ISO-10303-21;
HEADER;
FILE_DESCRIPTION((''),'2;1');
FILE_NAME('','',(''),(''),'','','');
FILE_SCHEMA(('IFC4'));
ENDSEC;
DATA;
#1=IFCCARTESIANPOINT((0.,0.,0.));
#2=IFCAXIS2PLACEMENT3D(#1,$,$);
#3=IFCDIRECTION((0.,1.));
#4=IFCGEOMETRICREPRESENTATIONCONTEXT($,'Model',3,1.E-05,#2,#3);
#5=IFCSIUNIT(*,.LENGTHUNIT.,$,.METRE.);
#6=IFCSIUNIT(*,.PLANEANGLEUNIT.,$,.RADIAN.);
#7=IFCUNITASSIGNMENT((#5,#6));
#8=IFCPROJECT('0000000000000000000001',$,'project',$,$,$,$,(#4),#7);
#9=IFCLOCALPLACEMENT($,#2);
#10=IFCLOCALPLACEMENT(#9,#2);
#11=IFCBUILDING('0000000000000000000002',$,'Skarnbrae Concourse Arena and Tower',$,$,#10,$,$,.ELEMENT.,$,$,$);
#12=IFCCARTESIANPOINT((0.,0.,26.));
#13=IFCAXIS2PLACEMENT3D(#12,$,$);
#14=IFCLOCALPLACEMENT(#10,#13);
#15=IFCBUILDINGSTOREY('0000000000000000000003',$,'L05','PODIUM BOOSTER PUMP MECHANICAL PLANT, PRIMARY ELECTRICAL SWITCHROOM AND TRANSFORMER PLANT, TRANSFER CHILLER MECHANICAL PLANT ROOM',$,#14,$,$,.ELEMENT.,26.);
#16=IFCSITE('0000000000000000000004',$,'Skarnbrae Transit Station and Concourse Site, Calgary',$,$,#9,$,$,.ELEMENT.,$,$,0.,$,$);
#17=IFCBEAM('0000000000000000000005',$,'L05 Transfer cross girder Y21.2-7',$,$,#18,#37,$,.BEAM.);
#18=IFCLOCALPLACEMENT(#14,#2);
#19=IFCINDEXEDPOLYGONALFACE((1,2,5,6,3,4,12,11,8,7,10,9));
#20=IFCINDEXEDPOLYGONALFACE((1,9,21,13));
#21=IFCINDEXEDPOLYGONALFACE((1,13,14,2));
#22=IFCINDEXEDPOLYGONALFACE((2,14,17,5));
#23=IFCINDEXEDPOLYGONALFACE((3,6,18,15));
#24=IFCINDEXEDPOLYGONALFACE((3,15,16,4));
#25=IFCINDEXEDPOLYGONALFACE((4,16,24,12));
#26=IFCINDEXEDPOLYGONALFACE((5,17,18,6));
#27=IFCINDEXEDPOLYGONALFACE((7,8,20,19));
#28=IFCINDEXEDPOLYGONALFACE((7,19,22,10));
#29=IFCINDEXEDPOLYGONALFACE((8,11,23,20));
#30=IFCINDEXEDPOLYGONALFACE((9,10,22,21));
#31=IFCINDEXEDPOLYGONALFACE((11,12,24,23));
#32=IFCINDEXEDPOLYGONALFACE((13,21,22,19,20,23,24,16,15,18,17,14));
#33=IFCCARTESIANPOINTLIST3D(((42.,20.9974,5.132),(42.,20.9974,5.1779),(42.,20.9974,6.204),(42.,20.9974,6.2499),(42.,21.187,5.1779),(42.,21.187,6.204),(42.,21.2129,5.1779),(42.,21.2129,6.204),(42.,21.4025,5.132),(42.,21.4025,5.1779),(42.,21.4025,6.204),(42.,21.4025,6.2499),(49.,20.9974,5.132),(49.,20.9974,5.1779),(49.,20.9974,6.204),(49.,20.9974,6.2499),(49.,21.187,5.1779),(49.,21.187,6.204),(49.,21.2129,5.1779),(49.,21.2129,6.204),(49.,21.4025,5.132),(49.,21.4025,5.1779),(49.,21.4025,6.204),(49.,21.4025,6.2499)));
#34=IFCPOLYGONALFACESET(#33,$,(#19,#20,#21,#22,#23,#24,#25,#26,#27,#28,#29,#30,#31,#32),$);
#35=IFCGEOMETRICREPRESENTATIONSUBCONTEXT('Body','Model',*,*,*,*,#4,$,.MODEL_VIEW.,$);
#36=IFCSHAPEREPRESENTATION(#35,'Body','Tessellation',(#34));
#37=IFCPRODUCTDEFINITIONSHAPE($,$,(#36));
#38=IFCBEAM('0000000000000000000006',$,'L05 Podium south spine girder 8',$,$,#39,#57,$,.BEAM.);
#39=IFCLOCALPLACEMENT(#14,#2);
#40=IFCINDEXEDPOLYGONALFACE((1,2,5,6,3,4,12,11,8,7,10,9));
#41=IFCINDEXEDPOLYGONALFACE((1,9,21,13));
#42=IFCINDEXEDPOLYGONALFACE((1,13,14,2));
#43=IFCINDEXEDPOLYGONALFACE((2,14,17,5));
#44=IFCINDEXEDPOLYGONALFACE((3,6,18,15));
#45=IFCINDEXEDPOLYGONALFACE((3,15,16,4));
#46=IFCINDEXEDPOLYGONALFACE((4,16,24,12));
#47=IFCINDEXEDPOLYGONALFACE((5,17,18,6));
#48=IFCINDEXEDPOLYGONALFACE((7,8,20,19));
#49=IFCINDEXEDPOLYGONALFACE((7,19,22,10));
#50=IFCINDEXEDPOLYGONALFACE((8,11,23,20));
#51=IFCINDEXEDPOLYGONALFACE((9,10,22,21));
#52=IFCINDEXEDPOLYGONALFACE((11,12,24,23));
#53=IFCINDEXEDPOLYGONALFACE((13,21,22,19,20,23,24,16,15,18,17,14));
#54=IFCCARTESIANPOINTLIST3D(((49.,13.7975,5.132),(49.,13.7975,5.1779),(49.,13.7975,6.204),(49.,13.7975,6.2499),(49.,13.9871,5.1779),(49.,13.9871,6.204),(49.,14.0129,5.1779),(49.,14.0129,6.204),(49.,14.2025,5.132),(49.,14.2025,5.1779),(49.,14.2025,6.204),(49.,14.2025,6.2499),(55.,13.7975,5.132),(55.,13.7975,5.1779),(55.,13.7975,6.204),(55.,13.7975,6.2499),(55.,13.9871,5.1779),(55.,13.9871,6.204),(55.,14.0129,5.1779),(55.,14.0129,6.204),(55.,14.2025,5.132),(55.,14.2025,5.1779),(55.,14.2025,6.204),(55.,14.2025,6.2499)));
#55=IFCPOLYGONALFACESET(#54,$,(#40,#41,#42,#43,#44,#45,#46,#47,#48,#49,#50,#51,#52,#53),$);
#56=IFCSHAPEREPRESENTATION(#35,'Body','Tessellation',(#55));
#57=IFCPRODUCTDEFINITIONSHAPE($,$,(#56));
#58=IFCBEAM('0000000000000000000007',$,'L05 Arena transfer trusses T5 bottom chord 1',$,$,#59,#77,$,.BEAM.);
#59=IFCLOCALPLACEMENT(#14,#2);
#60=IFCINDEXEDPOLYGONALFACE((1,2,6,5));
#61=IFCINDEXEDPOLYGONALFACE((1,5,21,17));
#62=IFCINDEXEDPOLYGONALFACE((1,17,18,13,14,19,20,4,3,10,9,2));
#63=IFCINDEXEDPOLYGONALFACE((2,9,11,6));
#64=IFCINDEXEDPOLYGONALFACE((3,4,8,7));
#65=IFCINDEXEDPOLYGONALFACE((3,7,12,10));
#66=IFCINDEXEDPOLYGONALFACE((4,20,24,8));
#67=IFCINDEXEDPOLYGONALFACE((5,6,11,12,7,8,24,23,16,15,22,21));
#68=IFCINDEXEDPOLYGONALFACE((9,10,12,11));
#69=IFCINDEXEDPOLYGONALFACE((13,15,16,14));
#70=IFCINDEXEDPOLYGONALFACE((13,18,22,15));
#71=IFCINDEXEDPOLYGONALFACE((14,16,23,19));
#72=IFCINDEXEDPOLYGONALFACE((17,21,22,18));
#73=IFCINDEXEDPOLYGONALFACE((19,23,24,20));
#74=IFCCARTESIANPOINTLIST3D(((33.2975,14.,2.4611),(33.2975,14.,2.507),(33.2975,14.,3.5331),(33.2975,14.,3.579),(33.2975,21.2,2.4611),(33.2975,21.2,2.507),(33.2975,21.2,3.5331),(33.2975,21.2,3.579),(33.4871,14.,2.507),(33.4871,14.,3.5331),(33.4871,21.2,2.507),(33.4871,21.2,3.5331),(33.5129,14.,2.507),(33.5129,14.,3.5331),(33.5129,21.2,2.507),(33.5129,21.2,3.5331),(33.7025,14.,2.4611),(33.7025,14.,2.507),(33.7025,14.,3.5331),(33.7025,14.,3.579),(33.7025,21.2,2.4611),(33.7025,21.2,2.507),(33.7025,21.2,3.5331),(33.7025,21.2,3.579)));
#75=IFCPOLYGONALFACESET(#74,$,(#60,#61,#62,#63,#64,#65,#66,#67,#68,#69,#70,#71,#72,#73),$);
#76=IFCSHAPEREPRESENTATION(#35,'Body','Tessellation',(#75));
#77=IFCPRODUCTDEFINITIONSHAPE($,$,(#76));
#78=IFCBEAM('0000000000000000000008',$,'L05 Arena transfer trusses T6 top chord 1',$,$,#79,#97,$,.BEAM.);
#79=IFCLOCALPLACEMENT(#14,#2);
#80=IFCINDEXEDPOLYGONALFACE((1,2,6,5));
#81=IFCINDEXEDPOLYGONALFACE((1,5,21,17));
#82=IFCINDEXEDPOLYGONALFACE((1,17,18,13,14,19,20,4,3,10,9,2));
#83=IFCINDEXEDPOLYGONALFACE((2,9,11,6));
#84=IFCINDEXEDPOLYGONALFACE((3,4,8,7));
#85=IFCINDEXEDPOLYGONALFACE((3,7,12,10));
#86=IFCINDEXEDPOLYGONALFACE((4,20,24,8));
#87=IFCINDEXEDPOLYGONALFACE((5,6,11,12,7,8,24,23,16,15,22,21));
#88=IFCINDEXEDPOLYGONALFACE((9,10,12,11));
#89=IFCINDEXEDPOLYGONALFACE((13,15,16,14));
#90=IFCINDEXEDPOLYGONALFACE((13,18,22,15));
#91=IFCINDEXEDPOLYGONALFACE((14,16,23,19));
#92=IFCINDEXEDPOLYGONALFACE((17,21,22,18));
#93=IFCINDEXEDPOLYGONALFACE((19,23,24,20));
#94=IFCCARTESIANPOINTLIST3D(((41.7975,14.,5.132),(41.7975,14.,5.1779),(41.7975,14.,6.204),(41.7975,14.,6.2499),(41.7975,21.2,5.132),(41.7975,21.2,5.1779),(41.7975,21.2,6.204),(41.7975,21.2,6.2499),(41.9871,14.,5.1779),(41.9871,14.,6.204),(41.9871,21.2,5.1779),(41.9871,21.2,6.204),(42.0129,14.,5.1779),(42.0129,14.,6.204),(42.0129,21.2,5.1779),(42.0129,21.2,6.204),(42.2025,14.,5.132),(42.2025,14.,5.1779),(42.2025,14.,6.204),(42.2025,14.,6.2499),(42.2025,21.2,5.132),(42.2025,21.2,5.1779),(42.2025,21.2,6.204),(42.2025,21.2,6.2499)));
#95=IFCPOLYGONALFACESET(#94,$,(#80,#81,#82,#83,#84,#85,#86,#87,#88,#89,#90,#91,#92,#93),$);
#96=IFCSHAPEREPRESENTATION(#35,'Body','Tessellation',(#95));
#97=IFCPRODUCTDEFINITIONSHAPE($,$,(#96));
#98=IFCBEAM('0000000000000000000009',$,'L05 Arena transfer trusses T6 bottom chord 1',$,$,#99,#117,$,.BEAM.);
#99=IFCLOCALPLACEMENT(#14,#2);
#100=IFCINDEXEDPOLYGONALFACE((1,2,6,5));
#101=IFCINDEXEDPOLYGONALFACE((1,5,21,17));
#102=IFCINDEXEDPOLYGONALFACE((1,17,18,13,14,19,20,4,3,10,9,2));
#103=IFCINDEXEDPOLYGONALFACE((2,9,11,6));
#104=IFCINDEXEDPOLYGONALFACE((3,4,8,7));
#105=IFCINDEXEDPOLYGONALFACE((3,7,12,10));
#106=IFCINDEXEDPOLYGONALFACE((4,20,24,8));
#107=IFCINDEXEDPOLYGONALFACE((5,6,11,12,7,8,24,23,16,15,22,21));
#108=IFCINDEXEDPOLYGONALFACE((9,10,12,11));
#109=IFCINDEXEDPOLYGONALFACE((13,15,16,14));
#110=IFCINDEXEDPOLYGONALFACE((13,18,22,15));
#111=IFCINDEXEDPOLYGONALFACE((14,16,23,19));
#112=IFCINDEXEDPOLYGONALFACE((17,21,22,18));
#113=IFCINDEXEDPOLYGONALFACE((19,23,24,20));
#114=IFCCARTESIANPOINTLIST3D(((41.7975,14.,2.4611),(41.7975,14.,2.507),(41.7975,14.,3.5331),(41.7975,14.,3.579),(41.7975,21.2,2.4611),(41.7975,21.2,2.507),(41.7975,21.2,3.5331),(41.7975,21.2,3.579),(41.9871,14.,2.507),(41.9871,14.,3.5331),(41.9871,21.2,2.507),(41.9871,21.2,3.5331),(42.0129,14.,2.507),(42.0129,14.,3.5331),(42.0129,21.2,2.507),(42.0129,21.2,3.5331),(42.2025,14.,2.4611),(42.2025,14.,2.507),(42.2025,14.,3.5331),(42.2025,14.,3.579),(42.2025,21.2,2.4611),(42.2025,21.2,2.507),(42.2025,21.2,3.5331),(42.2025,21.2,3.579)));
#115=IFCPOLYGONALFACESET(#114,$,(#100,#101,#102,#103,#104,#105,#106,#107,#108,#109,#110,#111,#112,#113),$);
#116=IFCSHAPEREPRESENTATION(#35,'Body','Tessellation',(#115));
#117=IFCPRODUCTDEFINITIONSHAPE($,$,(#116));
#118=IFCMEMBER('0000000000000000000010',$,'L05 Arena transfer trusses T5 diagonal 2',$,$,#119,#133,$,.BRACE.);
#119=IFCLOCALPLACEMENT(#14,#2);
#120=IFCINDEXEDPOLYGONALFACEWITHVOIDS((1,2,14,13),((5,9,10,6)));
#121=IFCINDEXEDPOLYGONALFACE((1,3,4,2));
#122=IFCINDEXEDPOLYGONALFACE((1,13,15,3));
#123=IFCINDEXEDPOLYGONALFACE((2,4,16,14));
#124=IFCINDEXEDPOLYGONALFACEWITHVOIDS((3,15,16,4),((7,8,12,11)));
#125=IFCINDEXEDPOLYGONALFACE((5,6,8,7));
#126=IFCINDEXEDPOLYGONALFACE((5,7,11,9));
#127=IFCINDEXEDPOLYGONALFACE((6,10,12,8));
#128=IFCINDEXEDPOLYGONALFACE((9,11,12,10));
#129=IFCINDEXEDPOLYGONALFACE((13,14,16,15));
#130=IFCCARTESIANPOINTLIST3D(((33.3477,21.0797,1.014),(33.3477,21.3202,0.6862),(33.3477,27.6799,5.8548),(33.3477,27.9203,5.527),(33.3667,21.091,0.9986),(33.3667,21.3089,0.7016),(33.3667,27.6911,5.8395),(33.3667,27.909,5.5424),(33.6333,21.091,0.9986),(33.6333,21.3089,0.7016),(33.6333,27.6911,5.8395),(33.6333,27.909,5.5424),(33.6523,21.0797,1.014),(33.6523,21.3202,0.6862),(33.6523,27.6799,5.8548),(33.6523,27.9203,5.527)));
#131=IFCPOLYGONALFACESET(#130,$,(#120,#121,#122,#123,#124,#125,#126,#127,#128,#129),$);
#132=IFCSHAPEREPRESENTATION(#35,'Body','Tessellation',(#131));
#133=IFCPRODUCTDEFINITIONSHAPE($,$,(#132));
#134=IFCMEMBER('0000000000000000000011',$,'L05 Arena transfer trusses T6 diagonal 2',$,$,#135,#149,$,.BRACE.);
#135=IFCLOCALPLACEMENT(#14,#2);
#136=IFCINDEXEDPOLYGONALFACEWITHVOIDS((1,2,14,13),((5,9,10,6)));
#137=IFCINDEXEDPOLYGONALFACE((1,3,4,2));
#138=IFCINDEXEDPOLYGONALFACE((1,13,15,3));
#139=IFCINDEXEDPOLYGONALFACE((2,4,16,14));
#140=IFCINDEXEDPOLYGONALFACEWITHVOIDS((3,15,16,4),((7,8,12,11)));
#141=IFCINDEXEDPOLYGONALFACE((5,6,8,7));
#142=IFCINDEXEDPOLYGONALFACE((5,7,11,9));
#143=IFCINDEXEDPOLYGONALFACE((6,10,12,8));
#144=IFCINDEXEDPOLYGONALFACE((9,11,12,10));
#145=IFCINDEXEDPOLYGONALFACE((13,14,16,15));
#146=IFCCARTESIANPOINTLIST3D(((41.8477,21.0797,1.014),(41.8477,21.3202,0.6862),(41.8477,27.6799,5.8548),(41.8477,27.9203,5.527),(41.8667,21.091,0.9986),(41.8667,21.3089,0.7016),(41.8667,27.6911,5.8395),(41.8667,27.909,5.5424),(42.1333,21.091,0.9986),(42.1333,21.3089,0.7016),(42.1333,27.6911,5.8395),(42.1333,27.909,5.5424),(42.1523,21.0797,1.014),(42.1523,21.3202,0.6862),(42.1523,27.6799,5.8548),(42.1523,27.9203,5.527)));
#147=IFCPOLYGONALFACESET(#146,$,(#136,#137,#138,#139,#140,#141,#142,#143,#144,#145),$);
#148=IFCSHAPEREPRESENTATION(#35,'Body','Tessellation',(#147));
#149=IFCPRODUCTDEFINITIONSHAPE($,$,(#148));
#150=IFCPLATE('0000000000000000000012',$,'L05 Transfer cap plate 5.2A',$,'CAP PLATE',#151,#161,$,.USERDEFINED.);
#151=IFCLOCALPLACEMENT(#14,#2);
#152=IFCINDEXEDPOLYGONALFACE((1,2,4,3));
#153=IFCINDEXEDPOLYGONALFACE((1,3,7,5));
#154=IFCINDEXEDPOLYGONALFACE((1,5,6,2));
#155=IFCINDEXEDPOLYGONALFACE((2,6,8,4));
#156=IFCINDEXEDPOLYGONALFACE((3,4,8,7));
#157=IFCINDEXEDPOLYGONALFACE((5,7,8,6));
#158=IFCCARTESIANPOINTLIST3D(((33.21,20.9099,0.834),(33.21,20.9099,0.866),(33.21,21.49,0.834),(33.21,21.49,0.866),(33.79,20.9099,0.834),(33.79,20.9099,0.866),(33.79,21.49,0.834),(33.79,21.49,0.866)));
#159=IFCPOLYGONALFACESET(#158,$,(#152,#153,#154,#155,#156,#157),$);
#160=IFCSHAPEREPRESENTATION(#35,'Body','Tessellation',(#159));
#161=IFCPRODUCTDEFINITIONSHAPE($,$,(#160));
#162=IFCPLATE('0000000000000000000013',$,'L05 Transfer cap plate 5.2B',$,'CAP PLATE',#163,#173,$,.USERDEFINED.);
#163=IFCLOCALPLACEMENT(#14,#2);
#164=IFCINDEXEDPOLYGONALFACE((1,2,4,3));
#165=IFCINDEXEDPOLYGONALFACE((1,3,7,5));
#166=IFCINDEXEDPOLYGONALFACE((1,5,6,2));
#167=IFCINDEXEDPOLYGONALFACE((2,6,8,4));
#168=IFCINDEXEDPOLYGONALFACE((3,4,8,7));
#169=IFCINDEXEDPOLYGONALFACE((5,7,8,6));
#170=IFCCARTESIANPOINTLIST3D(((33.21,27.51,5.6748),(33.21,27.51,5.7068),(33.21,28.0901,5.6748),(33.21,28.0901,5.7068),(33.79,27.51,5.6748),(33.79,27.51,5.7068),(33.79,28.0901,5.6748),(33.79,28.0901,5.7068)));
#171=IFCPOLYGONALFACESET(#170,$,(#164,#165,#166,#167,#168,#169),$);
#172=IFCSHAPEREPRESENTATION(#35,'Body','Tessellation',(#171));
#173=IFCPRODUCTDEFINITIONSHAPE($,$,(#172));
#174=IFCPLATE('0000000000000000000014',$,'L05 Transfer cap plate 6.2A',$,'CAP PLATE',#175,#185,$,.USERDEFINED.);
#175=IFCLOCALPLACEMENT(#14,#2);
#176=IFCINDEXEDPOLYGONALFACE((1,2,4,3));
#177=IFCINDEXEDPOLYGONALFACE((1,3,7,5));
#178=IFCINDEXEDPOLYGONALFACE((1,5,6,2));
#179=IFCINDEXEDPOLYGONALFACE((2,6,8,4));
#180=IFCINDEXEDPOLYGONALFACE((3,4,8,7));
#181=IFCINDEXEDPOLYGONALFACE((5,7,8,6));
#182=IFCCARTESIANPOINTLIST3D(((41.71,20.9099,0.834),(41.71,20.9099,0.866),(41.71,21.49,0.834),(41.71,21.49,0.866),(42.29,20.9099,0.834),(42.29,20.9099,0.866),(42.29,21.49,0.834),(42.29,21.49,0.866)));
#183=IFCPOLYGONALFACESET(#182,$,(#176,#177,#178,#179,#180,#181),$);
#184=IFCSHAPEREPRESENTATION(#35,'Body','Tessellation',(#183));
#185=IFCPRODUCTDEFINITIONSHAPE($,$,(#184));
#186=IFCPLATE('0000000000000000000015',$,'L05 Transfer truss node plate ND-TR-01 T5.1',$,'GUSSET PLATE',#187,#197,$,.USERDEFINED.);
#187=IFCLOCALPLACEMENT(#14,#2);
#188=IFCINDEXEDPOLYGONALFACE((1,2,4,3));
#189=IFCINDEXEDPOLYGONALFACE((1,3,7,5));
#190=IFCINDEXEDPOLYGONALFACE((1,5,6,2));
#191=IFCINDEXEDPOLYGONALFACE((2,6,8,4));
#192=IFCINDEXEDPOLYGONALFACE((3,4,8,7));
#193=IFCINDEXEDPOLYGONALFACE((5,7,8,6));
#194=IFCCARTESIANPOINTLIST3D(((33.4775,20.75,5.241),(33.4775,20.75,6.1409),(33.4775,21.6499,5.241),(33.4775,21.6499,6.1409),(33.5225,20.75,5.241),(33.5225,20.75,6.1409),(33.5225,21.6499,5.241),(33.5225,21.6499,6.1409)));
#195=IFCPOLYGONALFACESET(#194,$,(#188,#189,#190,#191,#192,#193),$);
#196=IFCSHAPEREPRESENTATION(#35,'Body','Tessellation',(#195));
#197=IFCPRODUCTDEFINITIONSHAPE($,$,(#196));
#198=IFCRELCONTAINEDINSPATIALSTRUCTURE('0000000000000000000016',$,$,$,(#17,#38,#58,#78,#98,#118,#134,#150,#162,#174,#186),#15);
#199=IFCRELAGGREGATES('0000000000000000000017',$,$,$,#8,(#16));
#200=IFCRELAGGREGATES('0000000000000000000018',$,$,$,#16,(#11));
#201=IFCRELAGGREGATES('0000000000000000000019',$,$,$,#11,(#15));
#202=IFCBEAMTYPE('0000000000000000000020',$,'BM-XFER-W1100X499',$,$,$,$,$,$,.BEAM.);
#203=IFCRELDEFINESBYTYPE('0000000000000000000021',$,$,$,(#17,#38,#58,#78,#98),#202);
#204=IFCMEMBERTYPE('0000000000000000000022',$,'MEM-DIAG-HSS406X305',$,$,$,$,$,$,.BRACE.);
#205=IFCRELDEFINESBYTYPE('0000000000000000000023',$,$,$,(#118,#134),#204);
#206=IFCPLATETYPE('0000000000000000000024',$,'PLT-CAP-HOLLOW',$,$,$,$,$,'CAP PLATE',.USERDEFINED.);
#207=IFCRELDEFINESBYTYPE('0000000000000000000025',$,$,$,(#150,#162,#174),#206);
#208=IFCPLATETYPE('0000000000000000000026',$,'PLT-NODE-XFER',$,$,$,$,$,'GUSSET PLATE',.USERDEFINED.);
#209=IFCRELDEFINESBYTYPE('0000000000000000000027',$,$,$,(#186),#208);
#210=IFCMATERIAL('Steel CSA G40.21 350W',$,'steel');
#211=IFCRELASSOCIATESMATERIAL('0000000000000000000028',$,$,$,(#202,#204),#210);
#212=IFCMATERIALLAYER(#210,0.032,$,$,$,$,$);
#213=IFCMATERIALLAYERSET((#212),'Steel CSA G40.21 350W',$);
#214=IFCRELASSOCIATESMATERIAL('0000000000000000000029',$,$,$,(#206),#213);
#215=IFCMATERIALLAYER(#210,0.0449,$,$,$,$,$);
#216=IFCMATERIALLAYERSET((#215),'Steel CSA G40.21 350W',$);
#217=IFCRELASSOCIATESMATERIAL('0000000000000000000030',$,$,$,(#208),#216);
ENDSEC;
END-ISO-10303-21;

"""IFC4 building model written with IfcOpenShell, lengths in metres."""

from ifc_helpers import new_model, si_unit, direction, frame, origin, origin_2d, place, context, subcontext, project, spatial, rectangle, hollow_rectangle, i_section, extrude, source, transform, mapped, material, layer, layer_set, material_profile, profile_set, type_object, element, save


model = new_model("IFC4")

# Units and contexts
model_context = context("Model", 3, precision=1e-05, world=origin(), true_north=direction((0.0, 1.0)))
body_context = subcontext(model_context, "Body", "Model", "MODEL_VIEW")
ifc_project = project(units=[si_unit("LENGTHUNIT", "METRE"), si_unit("PLANEANGLEUNIT", "RADIAN")], contexts=[model_context])

# Site, building, storey
site_placement = place(None, origin())
site = spatial("IfcSite", under=ifc_project, at=site_placement, Name="Skarnbrae Transit Station and Concourse Site, Calgary", CompositionType="ELEMENT", RefElevation=0.0)
building_placement = place(site_placement, origin())
building = spatial("IfcBuilding", under=site, at=building_placement, Name="Skarnbrae Concourse Arena and Tower", CompositionType="ELEMENT")
storey_placement = place(building_placement, frame((0.0, 0.0, 26.0)))
storey = spatial("IfcBuildingStorey", under=building, at=storey_placement, Name="L05", Description="PODIUM BOOSTER PUMP MECHANICAL PLANT, PRIMARY ELECTRICAL SWITCHROOM AND TRANSFORMER PLANT, TRANSFER CHILLER MECHANICAL PLANT ROOM", CompositionType="ELEMENT", Elevation=26.0)

# Shared definitions
ifc_material_1 = material(Name="Steel CSA G40.21 350W", Category="steel")

# Beams
ifc_material_profile_1 = material_profile(ifc_material_1, i_section(OverallWidth=0.405, OverallDepth=1.1179, WebThickness=0.0259, FlangeThickness=0.0459, at=origin_2d()), Name="W1100X499")
ifc_profile_set_1 = profile_set([ifc_material_profile_1], Name="Steel CSA G40.21 350W")
beam_type = type_object("IfcBeamType", Name="BM-XFER-W1100X499", PredefinedType="BEAM", material=ifc_profile_set_1)
shared_shape_1 = source(origin(), body_context, "Body", "SweptSolid", [
    extrude(i_section(OverallWidth=0.405, OverallDepth=1.1179, WebThickness=0.0259, FlangeThickness=0.0459, at=origin_2d()), origin(), (0.0, 0.0, 1.0), 7.0),
])
for number, where, z_axis, x_axis, name in (
    (1, (42.0, 21.2, 5.6909), (1.0, 0.0, 0.0), (0.0, 1.0, 0.0), "L05 Transfer cross girder Y21.2-7"),
):
    element("IfcBeam", number, at=place(storey_placement, frame(where, z_axis=z_axis, x_axis=x_axis)), inside=storey, type_object=beam_type, Name=name, PredefinedType="BEAM", context=body_context, shape_type="MappedRepresentation", body=[
        mapped(shared_shape_1, transform((0.0, 0.0, 0.0))),
    ])
shared_shape_2 = source(origin(), body_context, "Body", "SweptSolid", [
    extrude(i_section(OverallWidth=0.405, OverallDepth=1.1179, WebThickness=0.0259, FlangeThickness=0.0459, at=origin_2d()), origin(), (0.0, 0.0, 1.0), 6.0),
])
beam_1_placement = place(storey_placement, frame((49.0, 14.0, 5.6909), z_axis=(1.0, 0.0, 0.0), x_axis=(0.0, 1.0, 0.0)))
element("IfcBeam", 2, at=beam_1_placement, inside=storey, type_object=beam_type, Name="L05 Podium south spine girder 8", PredefinedType="BEAM", context=body_context, shape_type="MappedRepresentation", body=[
    mapped(shared_shape_2, transform((0.0, 0.0, 0.0))),
])
shared_shape_3 = source(origin(), body_context, "Body", "SweptSolid", [
    extrude(i_section(OverallWidth=0.405, OverallDepth=1.1179, WebThickness=0.0259, FlangeThickness=0.0459, at=origin_2d()), origin(), (0.0, 0.0, 1.0), 7.2),
])
for number, where, z_axis, x_axis, name in (
    (3, (33.5, 14.0, 3.02), (0.0, 1.0, 0.0), (-1.0, 0.0, 0.0), "L05 Arena transfer trusses T5 bottom chord 1"),
    (4, (42.0, 14.0, 5.6909), (0.0, 1.0, 0.0), (-1.0, 0.0, 0.0), "L05 Arena transfer trusses T6 top chord 1"),
    (5, (42.0, 14.0, 3.02), (0.0, 1.0, 0.0), (-1.0, 0.0, 0.0), "L05 Arena transfer trusses T6 bottom chord 1"),
):
    element("IfcBeam", number, at=place(storey_placement, frame(where, z_axis=z_axis, x_axis=x_axis)), inside=storey, type_object=beam_type, Name=name, PredefinedType="BEAM", context=body_context, shape_type="MappedRepresentation", body=[
        mapped(shared_shape_3, transform((0.0, 0.0, 0.0))),
    ])

# Members
ifc_material_profile_2 = material_profile(ifc_material_1, hollow_rectangle(XDim=0.3047, YDim=0.4065, WallThickness=0.019, at=origin_2d()), Name="HSS406X305X19.0")
ifc_profile_set_2 = profile_set([ifc_material_profile_2], Name="Steel CSA G40.21 350W")
member_type = type_object("IfcMemberType", Name="MEM-DIAG-HSS406X305", PredefinedType="BRACE", material=ifc_profile_set_2)
shared_shape_4 = source(origin(), body_context, "Body", "SweptSolid", [
    extrude(hollow_rectangle(XDim=0.3047, YDim=0.4065, WallThickness=0.019, at=origin_2d()), origin(), (0.0, 0.0, 1.0), 8.1851),
])
for number, where, z_axis, x_axis, name in (
    (6, (33.5, 21.2, 0.8501), (0.0, 0.806361, 0.591423), (-1.0, 0.0, 0.0), "L05 Arena transfer trusses T5 diagonal 2"),
    (7, (42.0, 21.2, 0.8501), (0.0, 0.806361, 0.591423), (-1.0, 0.0, 0.0), "L05 Arena transfer trusses T6 diagonal 2"),
):
    element("IfcMember", number, at=place(storey_placement, frame(where, z_axis=z_axis, x_axis=x_axis)), inside=storey, type_object=member_type, Name=name, PredefinedType="BRACE", context=body_context, shape_type="MappedRepresentation", body=[
        mapped(shared_shape_4, transform((0.0, 0.0, 0.0))),
    ])

# Plates
ifc_layer_1 = layer(ifc_material_1, 0.032)
ifc_layer_set_1 = layer_set([ifc_layer_1], Name="Steel CSA G40.21 350W")
plate_type_1 = type_object("IfcPlateType", Name="PLT-CAP-HOLLOW", ElementType="CAP PLATE", PredefinedType="USERDEFINED", material=ifc_layer_set_1)
shared_shape_5 = source(origin(), body_context, "Body", "SweptSolid", [
    extrude(rectangle(XDim=0.5801, YDim=0.5801, at=origin_2d()), origin(), (0.0, 0.0, 1.0), 0.032),
])
for number, where, z_axis, x_axis, name in (
    (8, (33.5, 21.2, 0.834), (0.0, 0.0, 1.0), (1.0, 0.0, 0.0), "L05 Transfer cap plate 5.2A"),
    (9, (33.5, 27.8, 5.6748), (0.0, 0.0, 1.0), (1.0, 0.0, 0.0), "L05 Transfer cap plate 5.2B"),
    (10, (42.0, 21.2, 0.834), (0.0, 0.0, 1.0), (1.0, 0.0, 0.0), "L05 Transfer cap plate 6.2A"),
):
    element("IfcPlate", number, at=place(storey_placement, frame(where, z_axis=z_axis, x_axis=x_axis)), inside=storey, type_object=plate_type_1, Name=name, ObjectType="CAP PLATE", PredefinedType="USERDEFINED", context=body_context, shape_type="MappedRepresentation", body=[
        mapped(shared_shape_5, transform((0.0, 0.0, 0.0))),
    ])
ifc_layer_2 = layer(ifc_material_1, 0.0449)
ifc_layer_set_2 = layer_set([ifc_layer_2], Name="Steel CSA G40.21 350W")
plate_type_2 = type_object("IfcPlateType", Name="PLT-NODE-XFER", ElementType="GUSSET PLATE", PredefinedType="USERDEFINED", material=ifc_layer_set_2)
shared_shape_6 = source(origin(), body_context, "Body", "SweptSolid", [
    extrude(rectangle(XDim=0.8999, YDim=0.0449, at=origin_2d()), origin(), (0.0, 0.0, 1.0), 0.8999),
])
for number, where, z_axis, x_axis, name in (
    (11, (33.5, 21.2, 5.241), (0.0, 0.0, 1.0), (0.0, 1.0, 0.0), "L05 Transfer truss node plate ND-TR-01 T5.1"),
):
    element("IfcPlate", number, at=place(storey_placement, frame(where, z_axis=z_axis, x_axis=x_axis)), inside=storey, type_object=plate_type_2, Name=name, ObjectType="GUSSET PLATE", PredefinedType="USERDEFINED", context=body_context, shape_type="MappedRepresentation", body=[
        mapped(shared_shape_6, transform((0.0, 0.0, 0.0))),
    ])

save(model, "model.ifc")
